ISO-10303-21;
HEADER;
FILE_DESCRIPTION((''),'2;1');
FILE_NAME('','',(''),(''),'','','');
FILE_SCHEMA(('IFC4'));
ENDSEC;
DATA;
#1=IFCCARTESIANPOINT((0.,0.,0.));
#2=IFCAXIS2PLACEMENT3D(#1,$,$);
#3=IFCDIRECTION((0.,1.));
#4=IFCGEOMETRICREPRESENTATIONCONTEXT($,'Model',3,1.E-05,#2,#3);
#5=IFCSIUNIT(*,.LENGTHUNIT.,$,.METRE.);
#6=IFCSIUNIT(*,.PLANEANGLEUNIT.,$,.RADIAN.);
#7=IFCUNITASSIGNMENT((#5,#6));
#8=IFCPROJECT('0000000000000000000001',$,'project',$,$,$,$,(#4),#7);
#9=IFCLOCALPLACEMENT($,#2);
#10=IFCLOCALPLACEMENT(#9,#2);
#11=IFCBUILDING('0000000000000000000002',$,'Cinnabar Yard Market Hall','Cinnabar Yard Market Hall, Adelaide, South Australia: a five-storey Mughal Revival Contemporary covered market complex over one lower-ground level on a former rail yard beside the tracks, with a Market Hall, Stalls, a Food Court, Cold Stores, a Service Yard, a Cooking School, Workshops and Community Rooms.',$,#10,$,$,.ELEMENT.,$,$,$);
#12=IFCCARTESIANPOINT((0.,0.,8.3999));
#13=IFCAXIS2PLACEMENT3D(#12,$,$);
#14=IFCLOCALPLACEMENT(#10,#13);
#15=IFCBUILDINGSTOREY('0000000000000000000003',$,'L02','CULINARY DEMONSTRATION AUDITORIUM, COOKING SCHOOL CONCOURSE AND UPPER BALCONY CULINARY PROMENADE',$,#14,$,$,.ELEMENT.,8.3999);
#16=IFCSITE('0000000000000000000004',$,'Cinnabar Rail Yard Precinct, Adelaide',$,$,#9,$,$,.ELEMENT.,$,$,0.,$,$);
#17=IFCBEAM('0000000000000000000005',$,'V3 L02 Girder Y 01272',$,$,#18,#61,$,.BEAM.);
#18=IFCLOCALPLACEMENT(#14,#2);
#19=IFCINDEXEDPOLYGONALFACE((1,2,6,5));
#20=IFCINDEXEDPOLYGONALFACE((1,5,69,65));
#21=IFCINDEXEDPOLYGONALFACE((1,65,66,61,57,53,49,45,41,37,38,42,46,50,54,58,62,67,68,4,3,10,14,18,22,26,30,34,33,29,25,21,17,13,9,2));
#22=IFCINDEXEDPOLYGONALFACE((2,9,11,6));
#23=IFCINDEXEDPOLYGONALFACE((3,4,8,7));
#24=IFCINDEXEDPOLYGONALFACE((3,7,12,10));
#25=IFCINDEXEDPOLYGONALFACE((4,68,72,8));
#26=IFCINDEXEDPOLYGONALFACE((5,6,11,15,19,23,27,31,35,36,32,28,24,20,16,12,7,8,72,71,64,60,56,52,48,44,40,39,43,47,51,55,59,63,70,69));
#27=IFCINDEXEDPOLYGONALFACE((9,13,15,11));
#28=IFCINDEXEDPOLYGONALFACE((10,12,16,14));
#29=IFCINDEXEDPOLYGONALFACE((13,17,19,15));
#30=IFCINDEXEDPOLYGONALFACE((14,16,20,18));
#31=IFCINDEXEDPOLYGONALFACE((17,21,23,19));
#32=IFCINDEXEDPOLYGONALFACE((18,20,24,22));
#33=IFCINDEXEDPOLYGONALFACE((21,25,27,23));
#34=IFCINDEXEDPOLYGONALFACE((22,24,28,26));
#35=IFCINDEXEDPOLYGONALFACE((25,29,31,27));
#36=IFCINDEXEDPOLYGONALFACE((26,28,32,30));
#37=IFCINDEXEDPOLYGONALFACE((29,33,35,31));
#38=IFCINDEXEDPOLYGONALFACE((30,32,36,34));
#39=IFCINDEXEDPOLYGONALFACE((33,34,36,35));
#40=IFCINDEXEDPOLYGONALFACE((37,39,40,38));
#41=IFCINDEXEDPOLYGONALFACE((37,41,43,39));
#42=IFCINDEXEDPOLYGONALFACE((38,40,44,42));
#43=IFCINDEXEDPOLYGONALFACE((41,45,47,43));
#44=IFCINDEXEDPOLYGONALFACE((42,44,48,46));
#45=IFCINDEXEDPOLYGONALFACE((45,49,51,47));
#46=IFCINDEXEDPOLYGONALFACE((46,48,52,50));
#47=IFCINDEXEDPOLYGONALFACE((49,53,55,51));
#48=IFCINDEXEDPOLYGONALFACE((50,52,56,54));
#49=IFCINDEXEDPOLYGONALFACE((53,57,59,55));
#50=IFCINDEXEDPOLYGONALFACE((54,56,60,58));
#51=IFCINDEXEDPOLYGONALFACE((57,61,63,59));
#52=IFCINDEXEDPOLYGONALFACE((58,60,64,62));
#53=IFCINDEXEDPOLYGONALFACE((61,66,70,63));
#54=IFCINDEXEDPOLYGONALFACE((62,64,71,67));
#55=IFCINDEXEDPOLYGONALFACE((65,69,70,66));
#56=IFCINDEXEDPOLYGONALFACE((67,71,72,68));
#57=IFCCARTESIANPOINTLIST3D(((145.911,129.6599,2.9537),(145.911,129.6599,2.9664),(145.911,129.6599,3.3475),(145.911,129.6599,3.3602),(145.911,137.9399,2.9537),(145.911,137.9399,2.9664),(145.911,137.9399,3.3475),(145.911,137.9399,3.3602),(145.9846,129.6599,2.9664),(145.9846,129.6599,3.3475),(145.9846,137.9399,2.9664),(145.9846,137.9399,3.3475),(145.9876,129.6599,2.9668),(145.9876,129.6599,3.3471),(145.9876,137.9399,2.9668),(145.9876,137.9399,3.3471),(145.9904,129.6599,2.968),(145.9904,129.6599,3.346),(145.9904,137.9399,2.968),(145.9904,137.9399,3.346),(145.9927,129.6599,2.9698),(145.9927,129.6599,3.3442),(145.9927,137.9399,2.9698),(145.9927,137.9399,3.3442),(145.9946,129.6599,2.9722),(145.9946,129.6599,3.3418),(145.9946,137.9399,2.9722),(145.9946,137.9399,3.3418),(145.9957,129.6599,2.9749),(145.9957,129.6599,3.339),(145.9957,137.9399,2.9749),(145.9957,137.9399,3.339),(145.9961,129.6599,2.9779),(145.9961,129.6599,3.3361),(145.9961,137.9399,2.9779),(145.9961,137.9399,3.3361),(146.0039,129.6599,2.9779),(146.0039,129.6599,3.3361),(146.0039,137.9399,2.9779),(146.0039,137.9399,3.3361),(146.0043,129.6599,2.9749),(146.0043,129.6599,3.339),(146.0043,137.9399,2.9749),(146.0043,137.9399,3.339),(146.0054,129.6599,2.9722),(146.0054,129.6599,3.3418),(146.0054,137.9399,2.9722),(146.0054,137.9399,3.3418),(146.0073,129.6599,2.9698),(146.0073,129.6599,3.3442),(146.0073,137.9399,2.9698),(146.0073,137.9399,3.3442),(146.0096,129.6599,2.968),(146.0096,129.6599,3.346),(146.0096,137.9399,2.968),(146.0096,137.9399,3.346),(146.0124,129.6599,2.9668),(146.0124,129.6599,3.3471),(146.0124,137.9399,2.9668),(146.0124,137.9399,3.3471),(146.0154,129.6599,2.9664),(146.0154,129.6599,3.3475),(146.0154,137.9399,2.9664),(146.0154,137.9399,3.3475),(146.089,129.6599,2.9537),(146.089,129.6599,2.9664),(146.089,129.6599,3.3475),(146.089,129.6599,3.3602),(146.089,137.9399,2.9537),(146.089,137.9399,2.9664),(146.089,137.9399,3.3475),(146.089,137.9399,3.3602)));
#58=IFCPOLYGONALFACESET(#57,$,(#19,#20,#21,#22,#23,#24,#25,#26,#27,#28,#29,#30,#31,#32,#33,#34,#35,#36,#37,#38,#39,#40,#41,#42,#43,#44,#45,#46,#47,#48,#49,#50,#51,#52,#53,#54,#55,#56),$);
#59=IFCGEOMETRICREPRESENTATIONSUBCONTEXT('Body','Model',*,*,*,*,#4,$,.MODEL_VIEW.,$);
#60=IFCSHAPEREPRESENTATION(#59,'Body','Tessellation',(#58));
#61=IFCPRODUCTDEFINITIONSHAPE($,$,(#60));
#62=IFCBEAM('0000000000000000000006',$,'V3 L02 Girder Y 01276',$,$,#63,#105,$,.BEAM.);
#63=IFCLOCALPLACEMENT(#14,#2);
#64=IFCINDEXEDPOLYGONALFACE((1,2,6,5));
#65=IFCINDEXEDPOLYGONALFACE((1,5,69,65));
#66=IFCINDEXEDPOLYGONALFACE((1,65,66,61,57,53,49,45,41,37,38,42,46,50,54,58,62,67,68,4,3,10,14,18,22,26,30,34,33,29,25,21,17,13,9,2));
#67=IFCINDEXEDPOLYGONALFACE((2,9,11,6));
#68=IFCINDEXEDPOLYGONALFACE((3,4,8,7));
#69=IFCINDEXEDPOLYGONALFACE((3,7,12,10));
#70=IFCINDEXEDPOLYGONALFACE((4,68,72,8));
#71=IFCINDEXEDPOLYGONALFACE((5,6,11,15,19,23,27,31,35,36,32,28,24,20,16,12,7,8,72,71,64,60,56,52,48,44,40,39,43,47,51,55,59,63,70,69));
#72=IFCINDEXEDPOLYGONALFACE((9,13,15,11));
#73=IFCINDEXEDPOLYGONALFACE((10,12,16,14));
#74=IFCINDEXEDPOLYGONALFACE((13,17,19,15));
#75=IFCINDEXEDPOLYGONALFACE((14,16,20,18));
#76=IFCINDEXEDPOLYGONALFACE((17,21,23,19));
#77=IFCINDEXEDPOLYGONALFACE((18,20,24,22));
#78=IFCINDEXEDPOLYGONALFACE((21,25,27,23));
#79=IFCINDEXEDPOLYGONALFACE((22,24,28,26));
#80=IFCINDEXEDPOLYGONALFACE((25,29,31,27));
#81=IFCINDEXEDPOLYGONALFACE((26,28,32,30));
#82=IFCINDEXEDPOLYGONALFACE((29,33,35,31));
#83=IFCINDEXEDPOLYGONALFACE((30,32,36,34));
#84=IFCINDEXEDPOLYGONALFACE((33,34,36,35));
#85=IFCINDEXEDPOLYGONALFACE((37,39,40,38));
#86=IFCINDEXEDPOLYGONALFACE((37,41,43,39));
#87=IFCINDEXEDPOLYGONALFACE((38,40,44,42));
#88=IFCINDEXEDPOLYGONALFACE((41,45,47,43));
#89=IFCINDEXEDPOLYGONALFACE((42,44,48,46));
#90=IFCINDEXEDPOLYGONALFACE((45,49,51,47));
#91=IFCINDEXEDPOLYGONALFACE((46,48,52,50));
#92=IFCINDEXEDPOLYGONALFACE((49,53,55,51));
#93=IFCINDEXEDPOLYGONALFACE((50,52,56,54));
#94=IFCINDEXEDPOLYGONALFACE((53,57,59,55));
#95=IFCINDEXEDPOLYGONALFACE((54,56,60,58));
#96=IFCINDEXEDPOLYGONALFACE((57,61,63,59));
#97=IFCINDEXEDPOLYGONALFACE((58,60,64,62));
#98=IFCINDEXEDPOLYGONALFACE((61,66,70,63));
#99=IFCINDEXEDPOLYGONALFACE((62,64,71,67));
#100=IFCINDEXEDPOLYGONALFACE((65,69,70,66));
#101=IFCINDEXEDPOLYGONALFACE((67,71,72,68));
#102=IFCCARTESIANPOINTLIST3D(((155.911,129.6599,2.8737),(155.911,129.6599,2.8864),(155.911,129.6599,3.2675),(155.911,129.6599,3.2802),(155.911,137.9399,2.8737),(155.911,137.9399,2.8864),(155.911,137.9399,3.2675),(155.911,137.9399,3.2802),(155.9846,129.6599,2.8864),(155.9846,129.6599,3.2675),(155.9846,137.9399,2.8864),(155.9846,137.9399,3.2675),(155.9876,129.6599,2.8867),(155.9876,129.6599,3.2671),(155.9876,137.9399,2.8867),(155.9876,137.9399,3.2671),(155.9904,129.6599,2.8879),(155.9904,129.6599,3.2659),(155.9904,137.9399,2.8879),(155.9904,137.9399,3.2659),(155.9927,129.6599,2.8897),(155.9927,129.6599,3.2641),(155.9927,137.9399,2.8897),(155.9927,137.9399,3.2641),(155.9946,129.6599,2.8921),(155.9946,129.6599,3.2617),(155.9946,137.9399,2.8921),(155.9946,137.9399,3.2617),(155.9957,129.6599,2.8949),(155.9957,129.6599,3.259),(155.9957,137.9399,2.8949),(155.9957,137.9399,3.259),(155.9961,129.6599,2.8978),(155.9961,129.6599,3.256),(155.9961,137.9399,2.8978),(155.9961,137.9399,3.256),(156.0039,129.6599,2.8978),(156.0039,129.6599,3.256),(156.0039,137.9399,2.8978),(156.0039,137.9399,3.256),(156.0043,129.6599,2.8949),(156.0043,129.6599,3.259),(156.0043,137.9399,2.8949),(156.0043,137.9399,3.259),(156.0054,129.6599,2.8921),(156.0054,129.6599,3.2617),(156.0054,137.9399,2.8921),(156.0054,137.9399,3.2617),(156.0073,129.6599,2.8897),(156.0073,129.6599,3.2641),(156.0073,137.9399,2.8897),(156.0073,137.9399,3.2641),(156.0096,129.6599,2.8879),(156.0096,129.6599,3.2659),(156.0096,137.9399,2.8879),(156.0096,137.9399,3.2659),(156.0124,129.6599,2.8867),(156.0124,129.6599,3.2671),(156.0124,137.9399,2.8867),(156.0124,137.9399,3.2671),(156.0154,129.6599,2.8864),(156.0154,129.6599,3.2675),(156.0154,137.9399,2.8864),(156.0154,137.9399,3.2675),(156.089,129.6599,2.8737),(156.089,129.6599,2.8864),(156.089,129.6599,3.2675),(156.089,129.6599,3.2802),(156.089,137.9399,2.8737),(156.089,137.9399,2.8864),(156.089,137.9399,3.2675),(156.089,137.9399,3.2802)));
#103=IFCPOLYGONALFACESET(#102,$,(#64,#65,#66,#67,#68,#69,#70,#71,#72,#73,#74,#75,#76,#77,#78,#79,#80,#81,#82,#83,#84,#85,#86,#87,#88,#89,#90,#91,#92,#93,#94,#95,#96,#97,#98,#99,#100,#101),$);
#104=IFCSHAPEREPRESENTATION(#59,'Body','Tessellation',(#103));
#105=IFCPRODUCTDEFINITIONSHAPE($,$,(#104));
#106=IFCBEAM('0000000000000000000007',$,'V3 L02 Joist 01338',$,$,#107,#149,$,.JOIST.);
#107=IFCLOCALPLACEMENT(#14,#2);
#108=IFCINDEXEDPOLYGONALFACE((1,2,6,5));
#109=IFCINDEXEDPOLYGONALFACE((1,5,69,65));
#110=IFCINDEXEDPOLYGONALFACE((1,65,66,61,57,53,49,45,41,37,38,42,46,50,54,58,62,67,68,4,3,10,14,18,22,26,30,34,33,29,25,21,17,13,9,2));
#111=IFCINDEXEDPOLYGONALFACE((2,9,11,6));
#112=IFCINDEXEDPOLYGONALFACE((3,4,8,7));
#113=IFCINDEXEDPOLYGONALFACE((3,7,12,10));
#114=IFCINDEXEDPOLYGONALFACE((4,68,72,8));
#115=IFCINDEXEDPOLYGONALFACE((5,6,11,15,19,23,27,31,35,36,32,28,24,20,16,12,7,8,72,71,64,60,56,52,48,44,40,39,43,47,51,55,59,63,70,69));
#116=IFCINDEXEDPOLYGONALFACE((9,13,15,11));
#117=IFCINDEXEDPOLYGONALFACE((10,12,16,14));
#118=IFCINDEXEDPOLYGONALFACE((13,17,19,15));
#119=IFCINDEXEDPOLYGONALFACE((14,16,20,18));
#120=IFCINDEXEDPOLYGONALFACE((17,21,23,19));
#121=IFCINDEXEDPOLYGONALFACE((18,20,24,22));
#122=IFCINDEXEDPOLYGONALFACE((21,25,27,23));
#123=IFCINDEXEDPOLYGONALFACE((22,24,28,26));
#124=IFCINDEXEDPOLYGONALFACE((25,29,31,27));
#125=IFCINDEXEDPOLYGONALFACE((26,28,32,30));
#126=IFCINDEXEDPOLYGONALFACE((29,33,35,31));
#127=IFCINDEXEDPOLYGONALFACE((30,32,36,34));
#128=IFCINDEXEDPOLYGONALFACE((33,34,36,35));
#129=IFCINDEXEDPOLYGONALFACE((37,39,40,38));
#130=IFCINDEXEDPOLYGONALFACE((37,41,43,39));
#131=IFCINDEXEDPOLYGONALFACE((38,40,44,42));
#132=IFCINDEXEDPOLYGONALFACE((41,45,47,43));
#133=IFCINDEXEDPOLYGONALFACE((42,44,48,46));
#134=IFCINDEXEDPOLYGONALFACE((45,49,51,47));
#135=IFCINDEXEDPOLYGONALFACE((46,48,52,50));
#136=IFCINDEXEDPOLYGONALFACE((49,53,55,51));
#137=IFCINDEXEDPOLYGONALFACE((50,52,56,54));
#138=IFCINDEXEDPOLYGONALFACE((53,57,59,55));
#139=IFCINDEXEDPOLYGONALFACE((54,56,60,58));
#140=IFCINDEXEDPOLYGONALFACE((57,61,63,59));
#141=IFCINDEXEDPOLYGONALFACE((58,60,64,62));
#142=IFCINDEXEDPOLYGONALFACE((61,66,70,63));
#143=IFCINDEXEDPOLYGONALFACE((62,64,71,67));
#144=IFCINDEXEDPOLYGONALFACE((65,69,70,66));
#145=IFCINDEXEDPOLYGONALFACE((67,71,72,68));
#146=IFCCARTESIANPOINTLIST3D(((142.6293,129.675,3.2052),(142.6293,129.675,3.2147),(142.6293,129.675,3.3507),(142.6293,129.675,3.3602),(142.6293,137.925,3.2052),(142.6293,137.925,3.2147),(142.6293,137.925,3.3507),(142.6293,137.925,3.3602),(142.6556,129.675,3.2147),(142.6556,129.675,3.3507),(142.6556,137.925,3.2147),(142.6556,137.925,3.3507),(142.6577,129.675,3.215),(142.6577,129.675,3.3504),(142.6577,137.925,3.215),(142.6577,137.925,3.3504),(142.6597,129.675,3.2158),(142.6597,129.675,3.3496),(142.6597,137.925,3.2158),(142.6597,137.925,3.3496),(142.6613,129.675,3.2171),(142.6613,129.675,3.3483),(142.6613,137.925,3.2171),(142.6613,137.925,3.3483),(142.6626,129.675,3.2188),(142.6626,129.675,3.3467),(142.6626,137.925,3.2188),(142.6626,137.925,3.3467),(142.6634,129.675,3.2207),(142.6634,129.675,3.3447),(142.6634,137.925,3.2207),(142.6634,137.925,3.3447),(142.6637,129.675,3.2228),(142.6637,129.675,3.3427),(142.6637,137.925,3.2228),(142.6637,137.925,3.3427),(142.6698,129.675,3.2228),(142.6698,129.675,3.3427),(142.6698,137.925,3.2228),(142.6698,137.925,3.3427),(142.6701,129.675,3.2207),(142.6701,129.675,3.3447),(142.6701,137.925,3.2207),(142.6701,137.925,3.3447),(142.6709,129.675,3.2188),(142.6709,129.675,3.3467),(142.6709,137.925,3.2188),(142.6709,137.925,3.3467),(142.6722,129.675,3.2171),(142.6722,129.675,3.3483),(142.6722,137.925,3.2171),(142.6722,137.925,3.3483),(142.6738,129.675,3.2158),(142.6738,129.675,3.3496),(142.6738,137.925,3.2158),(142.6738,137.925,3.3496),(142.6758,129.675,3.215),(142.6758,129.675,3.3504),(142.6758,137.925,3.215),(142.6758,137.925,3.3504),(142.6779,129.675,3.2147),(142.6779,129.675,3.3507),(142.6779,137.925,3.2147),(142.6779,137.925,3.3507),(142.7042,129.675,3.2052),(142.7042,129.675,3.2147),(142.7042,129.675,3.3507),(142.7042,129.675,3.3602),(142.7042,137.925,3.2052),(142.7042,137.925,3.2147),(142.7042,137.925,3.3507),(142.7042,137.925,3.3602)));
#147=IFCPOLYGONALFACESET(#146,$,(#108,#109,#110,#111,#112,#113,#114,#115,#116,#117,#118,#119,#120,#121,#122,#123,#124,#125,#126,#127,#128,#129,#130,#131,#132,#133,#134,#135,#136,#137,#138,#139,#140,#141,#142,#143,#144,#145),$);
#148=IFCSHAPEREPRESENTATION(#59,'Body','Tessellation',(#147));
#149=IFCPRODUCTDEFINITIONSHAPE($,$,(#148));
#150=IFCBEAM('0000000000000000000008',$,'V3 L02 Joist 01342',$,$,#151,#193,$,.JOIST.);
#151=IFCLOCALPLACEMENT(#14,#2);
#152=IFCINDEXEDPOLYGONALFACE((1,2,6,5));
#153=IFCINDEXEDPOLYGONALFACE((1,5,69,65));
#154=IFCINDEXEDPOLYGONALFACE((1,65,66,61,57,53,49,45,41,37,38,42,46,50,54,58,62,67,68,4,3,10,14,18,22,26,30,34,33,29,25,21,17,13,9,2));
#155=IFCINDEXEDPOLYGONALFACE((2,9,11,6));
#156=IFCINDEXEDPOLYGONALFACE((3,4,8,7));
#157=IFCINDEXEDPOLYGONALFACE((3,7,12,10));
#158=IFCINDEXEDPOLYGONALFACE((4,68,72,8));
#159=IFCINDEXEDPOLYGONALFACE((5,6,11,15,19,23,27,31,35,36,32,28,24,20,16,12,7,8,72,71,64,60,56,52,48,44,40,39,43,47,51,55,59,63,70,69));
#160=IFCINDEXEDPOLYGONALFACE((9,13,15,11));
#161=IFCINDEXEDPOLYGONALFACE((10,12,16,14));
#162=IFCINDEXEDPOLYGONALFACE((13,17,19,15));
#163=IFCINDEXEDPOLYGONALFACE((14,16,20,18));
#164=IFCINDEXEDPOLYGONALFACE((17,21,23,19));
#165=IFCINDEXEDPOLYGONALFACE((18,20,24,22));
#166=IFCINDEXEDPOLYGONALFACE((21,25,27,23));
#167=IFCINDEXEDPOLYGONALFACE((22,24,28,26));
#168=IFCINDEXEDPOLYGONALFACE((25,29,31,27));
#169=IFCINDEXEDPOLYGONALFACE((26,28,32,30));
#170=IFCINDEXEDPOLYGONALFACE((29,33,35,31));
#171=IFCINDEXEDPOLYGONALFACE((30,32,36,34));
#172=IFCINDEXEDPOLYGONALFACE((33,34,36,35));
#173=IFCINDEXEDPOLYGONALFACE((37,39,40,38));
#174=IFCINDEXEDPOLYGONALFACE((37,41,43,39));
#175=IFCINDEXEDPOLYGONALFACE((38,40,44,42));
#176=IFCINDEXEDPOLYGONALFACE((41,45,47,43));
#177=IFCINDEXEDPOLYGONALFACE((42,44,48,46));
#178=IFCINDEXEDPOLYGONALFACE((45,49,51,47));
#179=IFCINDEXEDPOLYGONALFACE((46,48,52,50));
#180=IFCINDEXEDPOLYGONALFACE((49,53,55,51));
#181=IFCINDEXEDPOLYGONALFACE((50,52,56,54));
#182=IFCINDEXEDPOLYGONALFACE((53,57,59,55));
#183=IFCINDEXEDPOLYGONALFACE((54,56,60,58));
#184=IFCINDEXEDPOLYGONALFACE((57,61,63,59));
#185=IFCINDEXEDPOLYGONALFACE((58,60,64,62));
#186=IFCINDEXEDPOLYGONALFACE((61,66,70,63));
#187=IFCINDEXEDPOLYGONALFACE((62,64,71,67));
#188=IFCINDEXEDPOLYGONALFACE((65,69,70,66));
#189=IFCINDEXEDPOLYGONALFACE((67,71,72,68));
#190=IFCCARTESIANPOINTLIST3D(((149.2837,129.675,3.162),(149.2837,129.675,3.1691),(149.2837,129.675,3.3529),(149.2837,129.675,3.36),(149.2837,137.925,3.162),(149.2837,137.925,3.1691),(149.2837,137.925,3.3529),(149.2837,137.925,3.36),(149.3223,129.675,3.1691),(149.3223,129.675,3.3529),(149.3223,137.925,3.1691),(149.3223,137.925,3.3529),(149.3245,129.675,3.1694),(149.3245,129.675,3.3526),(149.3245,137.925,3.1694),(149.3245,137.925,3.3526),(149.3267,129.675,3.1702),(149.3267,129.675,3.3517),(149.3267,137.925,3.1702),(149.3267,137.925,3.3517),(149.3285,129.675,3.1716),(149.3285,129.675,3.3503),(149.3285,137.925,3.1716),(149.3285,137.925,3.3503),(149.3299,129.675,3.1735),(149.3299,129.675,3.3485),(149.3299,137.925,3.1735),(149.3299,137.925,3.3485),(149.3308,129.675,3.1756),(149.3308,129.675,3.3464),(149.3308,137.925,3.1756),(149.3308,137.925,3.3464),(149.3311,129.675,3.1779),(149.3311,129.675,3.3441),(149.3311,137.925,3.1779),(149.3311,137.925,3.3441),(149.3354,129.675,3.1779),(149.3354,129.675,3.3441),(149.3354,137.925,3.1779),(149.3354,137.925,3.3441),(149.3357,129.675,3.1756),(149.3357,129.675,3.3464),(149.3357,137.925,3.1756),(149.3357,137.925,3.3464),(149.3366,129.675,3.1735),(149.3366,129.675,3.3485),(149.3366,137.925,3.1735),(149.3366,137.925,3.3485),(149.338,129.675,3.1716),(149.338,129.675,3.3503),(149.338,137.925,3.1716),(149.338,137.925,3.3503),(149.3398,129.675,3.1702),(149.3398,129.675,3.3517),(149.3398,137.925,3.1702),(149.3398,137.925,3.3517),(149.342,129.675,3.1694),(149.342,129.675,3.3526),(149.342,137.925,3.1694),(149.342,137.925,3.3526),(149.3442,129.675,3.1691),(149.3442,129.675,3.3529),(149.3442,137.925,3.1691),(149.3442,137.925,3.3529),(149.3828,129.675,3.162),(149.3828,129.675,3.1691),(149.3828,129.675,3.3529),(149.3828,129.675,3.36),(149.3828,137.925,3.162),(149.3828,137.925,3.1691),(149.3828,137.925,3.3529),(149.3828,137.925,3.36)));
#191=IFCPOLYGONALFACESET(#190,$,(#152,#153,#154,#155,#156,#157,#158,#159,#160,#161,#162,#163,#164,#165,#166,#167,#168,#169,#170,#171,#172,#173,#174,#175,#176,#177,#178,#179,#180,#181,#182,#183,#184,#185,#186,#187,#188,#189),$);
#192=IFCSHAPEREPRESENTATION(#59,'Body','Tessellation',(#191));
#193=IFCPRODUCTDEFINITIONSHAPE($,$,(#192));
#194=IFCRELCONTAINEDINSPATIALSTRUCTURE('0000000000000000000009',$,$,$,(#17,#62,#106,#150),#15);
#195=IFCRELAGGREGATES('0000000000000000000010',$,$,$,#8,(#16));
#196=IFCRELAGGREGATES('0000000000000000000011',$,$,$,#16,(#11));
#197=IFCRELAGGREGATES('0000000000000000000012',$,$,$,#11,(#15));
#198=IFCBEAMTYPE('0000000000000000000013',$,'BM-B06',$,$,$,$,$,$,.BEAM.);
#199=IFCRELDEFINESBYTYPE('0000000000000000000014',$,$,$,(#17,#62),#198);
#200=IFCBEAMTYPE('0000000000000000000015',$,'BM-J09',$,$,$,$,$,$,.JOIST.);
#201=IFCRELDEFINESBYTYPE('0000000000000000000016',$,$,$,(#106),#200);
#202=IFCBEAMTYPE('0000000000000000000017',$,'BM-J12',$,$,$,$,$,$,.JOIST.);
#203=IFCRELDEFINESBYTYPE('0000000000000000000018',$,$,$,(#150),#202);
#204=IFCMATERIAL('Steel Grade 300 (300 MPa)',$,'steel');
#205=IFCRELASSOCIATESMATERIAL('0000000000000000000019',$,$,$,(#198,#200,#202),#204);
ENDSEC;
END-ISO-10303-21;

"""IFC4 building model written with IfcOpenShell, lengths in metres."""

from ifc_helpers import new_model, si_unit, direction, frame, origin, origin_2d_with_axis, place, context, subcontext, project, spatial, i_section, extrude, material, material_profile, profile_set, type_object, element, save


model = new_model("IFC4")

# Units and contexts
model_context = context("Model", 3, precision=1e-05, world=origin(), true_north=direction((0.0, 1.0)))
body_context = subcontext(model_context, "Body", "Model", "MODEL_VIEW")
ifc_project = project(units=[si_unit("LENGTHUNIT", "METRE"), si_unit("PLANEANGLEUNIT", "RADIAN")], contexts=[model_context])

# Site, building, storey
site_placement = place(None, origin())
site = spatial("IfcSite", under=ifc_project, at=site_placement, Name="Cinnabar Rail Yard Precinct, Adelaide", CompositionType="ELEMENT", RefElevation=0.0)
building_placement = place(site_placement, origin())
building = spatial("IfcBuilding", under=site, at=building_placement, Name="Cinnabar Yard Market Hall", Description="Cinnabar Yard Market Hall, Adelaide, South Australia: a five-storey Mughal Revival Contemporary covered market complex over one lower-ground level on a former rail yard beside the tracks, with a Market Hall, Stalls, a Food Court, Cold Stores, a Service Yard, a Cooking School, Workshops and Community Rooms.", CompositionType="ELEMENT")
storey_placement = place(building_placement, frame((0.0, 0.0, 8.3999)))
storey = spatial("IfcBuildingStorey", under=building, at=storey_placement, Name="L02", Description="CULINARY DEMONSTRATION AUDITORIUM, COOKING SCHOOL CONCOURSE AND UPPER BALCONY CULINARY PROMENADE", CompositionType="ELEMENT", Elevation=8.3999)

# Shared definitions
ifc_material_1 = material(Name="Steel Grade 300 (300 MPa)", Category="steel")

# Beams
ifc_material_profile_1 = material_profile(ifc_material_1, i_section(OverallWidth=0.178, OverallDepth=0.4065, WebThickness=0.0078, FlangeThickness=0.0127, FilletRadius=0.0115, at=origin_2d_with_axis()), Name="410UB59.7")
ifc_profile_set_1 = profile_set([ifc_material_profile_1], Name="Steel Grade 300 (300 MPa)")
beam_type_1 = type_object("IfcBeamType", Name="BM-B06", PredefinedType="BEAM", material=ifc_profile_set_1)
for number, where, z_axis, x_axis, name in (
    (1, (146.0, 129.6599, 3.157), (0.0, 1.0, 0.0), (-1.0, 0.0, 0.0), "V3 L02 Girder Y 01272"),
    (2, (156.0, 129.6599, 3.0769), (0.0, 1.0, 0.0), (-1.0, 0.0, 0.0), "V3 L02 Girder Y 01276"),
):
    element("IfcBeam", number, at=place(storey_placement, frame(where, z_axis=z_axis, x_axis=x_axis)), inside=storey, type_object=beam_type_1, Name=name, PredefinedType="BEAM", context=body_context, shape_type="SweptSolid", body=[
        extrude(i_section(OverallWidth=0.178, OverallDepth=0.4065, WebThickness=0.0078, FlangeThickness=0.0127, FilletRadius=0.0115, at=origin_2d_with_axis()), origin(), (0.0, 0.0, 1.0), 8.28),
    ])
ifc_material_profile_2 = material_profile(ifc_material_1, i_section(OverallWidth=0.075, OverallDepth=0.155, WebThickness=0.0061, FlangeThickness=0.0095, FilletRadius=0.0081, at=origin_2d_with_axis()), Name="150UB18.0")
ifc_profile_set_2 = profile_set([ifc_material_profile_2], Name="Steel Grade 300 (300 MPa)")
beam_type_2 = type_object("IfcBeamType", Name="BM-J09", PredefinedType="JOIST", material=ifc_profile_set_2)
beam_1_placement = place(storey_placement, frame((142.6667, 129.675, 3.2827), z_axis=(0.0, 1.0, 0.0), x_axis=(-1.0, 0.0, 0.0)))
element("IfcBeam", 3, at=beam_1_placement, inside=storey, type_object=beam_type_2, Name="V3 L02 Joist 01338", PredefinedType="JOIST", context=body_context, shape_type="SweptSolid", body=[
    extrude(i_section(OverallWidth=0.075, OverallDepth=0.155, WebThickness=0.0061, FlangeThickness=0.0095, FilletRadius=0.0081, at=origin_2d_with_axis()), origin(), (0.0, 0.0, 1.0), 8.25),
])
ifc_material_profile_3 = material_profile(ifc_material_1, i_section(OverallWidth=0.0991, OverallDepth=0.198, WebThickness=0.0044, FlangeThickness=0.0071, FilletRadius=0.0088, at=origin_2d_with_axis()), Name="200UB18.2")
ifc_profile_set_3 = profile_set([ifc_material_profile_3], Name="Steel Grade 300 (300 MPa)")
beam_type_3 = type_object("IfcBeamType", Name="BM-J12", PredefinedType="JOIST", material=ifc_profile_set_3)
for number, where, z_axis, x_axis, name in (
    (4, (149.3333, 129.675, 3.261), (0.0, 1.0, 0.0), (-1.0, 0.0, 0.0), "V3 L02 Joist 01342"),
):
    element("IfcBeam", number, at=place(storey_placement, frame(where, z_axis=z_axis, x_axis=x_axis)), inside=storey, type_object=beam_type_3, Name=name, PredefinedType="JOIST", context=body_context, shape_type="SweptSolid", body=[
        extrude(i_section(OverallWidth=0.0991, OverallDepth=0.198, WebThickness=0.0044, FlangeThickness=0.0071, FilletRadius=0.0088, at=origin_2d_with_axis()), origin(), (0.0, 0.0, 1.0), 8.25),
    ])

save(model, "model.ifc")
